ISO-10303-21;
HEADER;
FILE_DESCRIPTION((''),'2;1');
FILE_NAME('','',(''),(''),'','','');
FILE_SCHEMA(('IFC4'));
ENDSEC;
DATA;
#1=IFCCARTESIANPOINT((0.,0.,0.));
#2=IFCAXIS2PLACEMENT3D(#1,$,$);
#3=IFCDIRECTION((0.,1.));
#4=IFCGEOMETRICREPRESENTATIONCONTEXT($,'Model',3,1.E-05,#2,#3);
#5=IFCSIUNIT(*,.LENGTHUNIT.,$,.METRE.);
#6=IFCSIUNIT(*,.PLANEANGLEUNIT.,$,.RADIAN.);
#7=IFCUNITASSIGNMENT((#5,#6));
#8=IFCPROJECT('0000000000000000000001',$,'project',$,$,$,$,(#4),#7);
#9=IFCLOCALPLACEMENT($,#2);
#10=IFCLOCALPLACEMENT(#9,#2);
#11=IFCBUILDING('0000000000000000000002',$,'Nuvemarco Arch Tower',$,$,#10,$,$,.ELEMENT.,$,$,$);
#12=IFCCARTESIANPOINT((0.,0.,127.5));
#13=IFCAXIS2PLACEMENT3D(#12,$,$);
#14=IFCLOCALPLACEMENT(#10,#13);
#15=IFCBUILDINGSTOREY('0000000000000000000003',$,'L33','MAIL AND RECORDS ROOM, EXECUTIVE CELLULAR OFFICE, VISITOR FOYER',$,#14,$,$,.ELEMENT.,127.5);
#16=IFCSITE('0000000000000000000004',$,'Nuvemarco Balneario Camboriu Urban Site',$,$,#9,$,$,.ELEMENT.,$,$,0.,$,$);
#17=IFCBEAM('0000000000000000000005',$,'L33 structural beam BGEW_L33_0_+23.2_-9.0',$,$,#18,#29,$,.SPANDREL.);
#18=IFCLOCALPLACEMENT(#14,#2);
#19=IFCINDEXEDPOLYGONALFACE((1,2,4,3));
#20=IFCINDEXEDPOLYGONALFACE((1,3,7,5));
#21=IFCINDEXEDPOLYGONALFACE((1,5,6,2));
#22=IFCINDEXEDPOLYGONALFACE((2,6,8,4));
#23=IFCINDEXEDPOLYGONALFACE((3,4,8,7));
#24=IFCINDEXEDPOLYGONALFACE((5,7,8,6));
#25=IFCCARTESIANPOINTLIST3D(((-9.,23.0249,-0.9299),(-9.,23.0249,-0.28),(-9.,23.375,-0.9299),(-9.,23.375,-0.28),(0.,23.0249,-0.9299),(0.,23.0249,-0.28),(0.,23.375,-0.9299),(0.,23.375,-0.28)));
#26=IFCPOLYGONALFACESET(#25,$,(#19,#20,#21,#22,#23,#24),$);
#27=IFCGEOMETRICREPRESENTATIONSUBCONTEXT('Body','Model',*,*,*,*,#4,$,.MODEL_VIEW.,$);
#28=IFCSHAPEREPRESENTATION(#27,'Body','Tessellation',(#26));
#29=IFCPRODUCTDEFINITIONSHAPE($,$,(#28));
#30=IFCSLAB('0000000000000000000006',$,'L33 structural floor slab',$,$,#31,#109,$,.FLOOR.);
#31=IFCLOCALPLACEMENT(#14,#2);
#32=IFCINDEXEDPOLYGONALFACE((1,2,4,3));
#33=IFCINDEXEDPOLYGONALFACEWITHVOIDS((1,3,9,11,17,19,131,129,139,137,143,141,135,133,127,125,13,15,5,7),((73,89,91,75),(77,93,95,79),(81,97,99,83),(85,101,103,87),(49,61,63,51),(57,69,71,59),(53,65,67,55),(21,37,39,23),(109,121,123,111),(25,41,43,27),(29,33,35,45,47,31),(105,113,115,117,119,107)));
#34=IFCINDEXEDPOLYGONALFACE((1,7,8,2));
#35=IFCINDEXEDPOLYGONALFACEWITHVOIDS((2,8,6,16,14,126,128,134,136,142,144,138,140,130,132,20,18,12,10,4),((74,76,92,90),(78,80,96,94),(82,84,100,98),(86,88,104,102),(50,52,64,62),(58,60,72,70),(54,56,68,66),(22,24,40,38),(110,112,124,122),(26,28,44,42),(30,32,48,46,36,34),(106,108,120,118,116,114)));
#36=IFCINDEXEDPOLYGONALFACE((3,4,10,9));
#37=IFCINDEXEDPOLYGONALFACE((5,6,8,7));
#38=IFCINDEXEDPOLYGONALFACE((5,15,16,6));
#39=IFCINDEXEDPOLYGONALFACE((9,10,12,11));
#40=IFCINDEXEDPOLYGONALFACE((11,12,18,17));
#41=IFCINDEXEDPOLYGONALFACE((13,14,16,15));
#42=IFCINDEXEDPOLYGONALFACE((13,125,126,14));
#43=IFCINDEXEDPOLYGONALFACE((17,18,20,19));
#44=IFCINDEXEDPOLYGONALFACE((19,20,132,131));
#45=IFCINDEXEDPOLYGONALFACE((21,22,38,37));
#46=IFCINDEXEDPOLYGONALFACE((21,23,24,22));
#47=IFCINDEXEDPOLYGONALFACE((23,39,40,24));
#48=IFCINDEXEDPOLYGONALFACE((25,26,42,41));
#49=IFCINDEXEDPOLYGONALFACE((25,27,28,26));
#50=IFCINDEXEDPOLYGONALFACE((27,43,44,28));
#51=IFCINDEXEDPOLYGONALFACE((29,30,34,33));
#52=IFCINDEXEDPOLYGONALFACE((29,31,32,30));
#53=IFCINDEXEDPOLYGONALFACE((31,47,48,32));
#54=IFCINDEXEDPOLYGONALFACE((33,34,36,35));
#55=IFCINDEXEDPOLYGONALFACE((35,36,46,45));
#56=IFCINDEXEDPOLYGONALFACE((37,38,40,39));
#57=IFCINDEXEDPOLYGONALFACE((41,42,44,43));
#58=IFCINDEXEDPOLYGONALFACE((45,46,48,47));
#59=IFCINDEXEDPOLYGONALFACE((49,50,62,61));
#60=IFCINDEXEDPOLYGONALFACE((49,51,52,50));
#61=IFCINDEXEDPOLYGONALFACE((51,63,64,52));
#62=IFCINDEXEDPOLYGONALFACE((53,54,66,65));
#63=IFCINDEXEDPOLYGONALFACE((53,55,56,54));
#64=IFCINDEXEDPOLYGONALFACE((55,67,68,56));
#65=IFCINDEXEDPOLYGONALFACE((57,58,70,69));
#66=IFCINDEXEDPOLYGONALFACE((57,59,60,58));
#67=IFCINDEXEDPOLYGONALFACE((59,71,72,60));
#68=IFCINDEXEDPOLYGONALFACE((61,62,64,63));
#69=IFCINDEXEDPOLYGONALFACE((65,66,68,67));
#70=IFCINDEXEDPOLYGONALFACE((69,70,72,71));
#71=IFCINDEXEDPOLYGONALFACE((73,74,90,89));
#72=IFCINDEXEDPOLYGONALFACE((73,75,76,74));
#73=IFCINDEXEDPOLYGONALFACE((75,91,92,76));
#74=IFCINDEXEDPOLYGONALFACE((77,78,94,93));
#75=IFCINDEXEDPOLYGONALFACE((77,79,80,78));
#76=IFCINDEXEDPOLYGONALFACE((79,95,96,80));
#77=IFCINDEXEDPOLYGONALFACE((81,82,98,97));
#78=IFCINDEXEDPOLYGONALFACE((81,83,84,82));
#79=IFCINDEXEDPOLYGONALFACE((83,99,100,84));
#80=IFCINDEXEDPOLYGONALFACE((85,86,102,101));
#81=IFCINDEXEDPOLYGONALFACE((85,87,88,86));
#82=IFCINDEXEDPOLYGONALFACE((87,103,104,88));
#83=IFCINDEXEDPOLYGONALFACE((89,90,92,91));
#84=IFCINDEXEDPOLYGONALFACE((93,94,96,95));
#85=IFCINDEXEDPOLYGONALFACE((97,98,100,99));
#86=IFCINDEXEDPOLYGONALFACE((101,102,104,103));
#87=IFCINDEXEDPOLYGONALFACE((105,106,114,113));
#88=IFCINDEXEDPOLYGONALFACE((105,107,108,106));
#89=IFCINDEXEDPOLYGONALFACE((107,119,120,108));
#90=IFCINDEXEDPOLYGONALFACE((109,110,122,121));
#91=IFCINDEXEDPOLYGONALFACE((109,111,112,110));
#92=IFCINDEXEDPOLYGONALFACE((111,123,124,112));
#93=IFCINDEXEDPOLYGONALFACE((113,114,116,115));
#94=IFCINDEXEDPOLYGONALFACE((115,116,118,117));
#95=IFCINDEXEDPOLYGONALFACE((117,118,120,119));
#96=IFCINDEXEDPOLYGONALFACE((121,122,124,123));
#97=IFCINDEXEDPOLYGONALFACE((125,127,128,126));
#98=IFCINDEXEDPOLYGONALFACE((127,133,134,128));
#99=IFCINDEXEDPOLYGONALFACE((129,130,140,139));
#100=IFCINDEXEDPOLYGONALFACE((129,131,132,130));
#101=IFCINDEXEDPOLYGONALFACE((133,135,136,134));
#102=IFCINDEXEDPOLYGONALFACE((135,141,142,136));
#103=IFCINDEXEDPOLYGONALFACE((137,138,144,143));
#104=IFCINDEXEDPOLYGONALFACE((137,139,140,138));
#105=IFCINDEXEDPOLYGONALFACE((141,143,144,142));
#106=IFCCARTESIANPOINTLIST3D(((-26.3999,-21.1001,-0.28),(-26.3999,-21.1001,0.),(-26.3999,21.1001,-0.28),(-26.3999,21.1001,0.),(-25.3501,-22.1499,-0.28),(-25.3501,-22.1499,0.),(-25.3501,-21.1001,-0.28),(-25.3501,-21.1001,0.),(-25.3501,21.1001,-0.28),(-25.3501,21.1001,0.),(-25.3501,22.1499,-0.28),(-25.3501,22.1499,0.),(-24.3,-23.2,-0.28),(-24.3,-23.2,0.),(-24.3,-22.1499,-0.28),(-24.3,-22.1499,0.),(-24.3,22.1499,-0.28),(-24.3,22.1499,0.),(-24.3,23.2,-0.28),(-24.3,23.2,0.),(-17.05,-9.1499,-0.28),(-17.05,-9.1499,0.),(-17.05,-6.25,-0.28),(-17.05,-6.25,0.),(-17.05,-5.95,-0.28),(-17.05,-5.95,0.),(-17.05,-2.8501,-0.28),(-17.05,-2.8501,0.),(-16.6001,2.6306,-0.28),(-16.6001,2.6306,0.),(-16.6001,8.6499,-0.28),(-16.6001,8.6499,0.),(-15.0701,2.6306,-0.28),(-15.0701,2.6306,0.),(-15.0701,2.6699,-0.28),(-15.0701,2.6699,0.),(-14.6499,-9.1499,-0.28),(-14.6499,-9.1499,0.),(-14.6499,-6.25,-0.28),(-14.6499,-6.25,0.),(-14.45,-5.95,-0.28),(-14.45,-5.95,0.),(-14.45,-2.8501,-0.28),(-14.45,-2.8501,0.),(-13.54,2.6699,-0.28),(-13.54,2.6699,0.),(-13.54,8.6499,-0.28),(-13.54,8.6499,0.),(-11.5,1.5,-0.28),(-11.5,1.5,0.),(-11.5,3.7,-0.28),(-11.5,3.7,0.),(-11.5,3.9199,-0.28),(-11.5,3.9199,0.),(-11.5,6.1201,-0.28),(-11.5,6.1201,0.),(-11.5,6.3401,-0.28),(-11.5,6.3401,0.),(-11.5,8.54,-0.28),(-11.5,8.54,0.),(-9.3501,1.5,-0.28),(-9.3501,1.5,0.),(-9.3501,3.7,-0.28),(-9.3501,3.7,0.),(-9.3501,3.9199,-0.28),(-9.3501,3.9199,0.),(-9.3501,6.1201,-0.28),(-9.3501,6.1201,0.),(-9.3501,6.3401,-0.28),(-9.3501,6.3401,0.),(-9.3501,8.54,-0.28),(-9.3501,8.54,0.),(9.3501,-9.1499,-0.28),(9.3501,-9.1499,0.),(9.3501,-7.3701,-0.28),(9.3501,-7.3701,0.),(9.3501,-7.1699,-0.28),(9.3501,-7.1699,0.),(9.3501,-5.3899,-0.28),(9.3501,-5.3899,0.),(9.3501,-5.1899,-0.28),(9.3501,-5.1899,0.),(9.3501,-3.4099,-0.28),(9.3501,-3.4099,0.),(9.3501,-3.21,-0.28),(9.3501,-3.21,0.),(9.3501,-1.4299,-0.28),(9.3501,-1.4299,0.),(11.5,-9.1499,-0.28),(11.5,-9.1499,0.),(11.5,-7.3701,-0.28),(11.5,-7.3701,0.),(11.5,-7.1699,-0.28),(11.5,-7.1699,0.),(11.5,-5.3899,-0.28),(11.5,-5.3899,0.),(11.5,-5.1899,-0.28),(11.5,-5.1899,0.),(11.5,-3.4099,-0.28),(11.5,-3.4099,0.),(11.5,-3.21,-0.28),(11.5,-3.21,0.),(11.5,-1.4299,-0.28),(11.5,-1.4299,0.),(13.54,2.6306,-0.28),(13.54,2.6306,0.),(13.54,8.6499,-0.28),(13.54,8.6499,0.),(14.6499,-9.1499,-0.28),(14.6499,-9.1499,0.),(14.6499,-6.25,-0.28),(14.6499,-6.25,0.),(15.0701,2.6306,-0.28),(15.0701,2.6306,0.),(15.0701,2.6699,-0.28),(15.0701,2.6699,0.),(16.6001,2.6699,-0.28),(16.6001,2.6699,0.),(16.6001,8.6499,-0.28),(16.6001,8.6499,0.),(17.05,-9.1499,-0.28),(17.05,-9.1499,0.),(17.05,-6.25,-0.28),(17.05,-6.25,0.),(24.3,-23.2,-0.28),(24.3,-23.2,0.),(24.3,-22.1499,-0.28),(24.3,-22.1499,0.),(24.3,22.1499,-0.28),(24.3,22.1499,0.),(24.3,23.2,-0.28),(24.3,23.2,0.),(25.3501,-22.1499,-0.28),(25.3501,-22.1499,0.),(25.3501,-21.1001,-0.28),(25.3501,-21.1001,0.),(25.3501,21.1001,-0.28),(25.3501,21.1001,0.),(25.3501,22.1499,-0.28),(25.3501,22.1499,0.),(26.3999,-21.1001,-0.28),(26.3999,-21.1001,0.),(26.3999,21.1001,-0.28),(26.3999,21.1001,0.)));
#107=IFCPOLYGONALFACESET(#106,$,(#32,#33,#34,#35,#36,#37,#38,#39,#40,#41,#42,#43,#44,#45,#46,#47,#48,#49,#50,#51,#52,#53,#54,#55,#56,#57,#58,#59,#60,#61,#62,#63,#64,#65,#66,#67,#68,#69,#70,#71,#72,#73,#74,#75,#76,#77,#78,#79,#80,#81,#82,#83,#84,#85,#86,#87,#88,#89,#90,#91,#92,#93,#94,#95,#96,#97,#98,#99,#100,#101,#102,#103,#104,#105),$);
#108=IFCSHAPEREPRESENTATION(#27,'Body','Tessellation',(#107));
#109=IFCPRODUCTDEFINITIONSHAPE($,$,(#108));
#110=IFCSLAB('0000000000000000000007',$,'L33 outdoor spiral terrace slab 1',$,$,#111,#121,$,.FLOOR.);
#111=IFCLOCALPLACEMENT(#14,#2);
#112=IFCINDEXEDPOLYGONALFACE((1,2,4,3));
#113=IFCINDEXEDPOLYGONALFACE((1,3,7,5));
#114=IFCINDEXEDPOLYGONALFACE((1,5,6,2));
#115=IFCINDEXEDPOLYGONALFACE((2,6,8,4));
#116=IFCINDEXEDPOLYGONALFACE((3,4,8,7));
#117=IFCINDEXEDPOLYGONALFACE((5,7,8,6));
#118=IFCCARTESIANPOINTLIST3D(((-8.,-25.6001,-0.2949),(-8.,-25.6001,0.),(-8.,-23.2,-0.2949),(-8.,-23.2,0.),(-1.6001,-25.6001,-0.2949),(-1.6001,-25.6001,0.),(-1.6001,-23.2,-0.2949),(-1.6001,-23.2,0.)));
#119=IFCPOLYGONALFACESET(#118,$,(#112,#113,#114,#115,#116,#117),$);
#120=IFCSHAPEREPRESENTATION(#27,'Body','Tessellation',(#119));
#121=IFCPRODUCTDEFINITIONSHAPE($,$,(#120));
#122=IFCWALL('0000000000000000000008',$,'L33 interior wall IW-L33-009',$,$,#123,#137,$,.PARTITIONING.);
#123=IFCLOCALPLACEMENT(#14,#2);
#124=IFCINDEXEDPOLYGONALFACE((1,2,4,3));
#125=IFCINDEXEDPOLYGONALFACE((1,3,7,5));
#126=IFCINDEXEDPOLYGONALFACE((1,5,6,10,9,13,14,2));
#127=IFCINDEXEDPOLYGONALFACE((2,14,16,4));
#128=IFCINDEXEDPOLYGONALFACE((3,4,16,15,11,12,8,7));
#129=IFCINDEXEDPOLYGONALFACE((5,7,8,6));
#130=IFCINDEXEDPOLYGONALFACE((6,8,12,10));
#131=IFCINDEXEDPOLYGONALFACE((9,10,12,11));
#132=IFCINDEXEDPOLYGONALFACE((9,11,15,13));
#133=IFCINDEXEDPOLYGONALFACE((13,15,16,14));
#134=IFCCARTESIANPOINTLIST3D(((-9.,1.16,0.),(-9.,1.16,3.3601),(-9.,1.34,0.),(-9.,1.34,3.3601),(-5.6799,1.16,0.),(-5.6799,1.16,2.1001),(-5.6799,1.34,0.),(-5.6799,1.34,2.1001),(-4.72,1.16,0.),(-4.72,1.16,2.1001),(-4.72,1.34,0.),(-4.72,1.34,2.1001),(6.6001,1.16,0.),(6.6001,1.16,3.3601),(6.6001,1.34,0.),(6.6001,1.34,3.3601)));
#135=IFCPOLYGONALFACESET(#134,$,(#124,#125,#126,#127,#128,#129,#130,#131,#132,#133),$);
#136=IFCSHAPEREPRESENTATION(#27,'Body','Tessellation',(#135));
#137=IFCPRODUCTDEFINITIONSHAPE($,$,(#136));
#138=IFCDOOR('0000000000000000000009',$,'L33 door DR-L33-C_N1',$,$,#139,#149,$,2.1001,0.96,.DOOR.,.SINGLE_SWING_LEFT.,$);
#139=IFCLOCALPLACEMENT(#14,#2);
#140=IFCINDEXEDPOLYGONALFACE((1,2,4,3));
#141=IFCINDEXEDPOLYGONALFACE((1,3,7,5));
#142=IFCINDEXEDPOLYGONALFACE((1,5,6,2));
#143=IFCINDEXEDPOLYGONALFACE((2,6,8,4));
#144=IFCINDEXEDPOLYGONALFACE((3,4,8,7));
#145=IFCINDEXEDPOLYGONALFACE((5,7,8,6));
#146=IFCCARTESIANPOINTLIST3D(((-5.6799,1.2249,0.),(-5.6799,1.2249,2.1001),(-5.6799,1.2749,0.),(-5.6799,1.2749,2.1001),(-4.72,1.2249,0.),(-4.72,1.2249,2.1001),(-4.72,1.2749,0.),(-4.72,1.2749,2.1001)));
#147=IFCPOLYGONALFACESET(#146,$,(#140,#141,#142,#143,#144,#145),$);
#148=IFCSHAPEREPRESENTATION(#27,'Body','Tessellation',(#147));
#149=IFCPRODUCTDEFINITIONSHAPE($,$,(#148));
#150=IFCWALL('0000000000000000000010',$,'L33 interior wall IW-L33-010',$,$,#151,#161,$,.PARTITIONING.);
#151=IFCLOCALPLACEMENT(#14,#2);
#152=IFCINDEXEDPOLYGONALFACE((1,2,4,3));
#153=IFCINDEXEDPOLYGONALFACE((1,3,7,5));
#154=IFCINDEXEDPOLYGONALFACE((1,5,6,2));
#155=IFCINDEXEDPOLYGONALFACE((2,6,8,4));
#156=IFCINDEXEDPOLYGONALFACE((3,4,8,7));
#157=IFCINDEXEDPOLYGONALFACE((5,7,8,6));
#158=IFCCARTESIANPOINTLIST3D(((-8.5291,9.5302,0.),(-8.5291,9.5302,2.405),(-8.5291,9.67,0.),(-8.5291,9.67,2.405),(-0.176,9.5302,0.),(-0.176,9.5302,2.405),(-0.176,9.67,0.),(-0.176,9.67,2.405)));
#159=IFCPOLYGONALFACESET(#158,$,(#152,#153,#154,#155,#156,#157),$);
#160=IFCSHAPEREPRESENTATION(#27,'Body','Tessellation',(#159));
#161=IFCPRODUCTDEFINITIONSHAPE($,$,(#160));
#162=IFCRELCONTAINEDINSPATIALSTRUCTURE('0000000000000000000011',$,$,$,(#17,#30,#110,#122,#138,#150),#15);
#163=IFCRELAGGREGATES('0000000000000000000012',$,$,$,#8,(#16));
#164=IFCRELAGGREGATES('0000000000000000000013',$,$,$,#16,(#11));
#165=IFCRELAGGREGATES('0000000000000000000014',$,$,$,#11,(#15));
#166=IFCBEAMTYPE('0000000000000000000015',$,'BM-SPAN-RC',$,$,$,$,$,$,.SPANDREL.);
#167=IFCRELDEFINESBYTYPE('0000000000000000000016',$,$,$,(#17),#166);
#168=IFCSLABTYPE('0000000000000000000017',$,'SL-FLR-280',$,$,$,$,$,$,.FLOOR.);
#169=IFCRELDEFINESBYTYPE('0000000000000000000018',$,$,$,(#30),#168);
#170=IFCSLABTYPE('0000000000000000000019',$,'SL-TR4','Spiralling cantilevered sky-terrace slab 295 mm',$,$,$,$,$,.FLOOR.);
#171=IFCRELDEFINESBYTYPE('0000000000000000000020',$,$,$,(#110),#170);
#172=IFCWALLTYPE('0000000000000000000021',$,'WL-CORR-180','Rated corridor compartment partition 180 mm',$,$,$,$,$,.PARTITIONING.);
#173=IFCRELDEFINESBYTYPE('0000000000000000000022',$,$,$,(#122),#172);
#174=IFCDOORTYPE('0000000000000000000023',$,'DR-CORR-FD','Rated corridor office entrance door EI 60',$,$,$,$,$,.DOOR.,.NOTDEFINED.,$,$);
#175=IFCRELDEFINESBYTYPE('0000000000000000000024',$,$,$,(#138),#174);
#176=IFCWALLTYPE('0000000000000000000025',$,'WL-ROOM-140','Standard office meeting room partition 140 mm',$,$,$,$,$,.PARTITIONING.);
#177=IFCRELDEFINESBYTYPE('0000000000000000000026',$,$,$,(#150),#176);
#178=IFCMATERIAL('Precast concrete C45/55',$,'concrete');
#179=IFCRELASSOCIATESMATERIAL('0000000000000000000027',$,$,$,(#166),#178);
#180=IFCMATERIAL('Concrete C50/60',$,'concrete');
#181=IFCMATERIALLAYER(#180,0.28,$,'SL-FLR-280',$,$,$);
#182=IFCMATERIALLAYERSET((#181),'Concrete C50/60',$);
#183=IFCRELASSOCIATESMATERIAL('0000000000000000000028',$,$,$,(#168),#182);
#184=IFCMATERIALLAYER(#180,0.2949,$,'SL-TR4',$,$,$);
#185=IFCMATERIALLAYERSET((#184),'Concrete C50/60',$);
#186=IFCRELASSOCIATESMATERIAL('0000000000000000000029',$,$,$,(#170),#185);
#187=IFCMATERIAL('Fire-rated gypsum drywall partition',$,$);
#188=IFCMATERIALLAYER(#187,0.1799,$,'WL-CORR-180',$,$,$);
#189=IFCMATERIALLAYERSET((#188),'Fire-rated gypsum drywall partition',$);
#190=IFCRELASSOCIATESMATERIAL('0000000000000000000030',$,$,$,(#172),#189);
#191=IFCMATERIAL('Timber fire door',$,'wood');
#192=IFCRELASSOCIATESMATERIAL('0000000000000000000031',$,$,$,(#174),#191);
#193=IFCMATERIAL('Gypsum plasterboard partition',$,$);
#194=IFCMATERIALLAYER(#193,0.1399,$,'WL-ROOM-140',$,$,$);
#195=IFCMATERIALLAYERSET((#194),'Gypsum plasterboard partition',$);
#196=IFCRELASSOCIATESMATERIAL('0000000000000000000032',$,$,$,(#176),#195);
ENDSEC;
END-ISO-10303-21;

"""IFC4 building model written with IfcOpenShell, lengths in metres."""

from ifc_helpers import new_model, si_unit, direction, frame, frame_2d, origin, origin_2d, place, context, subcontext, project, spatial, polyline, rectangle, outline, extrude, source, transform, mapped, material, layer, layer_set, material_profile, profile_set, type_object, type_shapes, element, fill, save


model = new_model("IFC4")

# Units and contexts
model_context = context("Model", 3, precision=1e-05, world=origin(), true_north=direction((0.0, 1.0)))
body_context = subcontext(model_context, "Body", "Model", "MODEL_VIEW")
ifc_project = project(units=[si_unit("LENGTHUNIT", "METRE"), si_unit("PLANEANGLEUNIT", "RADIAN")], contexts=[model_context])

# Site, building, storey
site_placement = place(None, origin())
site = spatial("IfcSite", under=ifc_project, at=site_placement, Name="Nuvemarco Balneario Camboriu Urban Site", CompositionType="ELEMENT", RefElevation=0.0)
building_placement = place(site_placement, origin())
building = spatial("IfcBuilding", under=site, at=building_placement, Name="Nuvemarco Arch Tower", CompositionType="ELEMENT")
storey_placement = place(building_placement, frame((0.0, 0.0, 127.5)))
storey = spatial("IfcBuildingStorey", under=building, at=storey_placement, Name="L33", Description="MAIL AND RECORDS ROOM, EXECUTIVE CELLULAR OFFICE, VISITOR FOYER", CompositionType="ELEMENT", Elevation=127.5)

# Shared definitions
ifc_material_1 = material(Name="Concrete C50/60", Category="concrete")

# Beam
ifc_material_2 = material(Name="Precast concrete C45/55", Category="concrete")
ifc_material_profile_1 = material_profile(ifc_material_2, rectangle(XDim=0.3501, YDim=0.6499, at=origin_2d()), Name="PC-SP-350x650")
ifc_profile_set_1 = profile_set([ifc_material_profile_1], Name="Precast concrete C45/55")
beam_type_1 = type_object("IfcBeamType", Name="BM-SPAN-RC", PredefinedType="SPANDREL", material=ifc_profile_set_1)
beam_1_placement = place(storey_placement, frame((-9.0, 23.2, -0.605), z_axis=(1.0, 0.0, 0.0), x_axis=(0.0, 1.0, 0.0)))
element("IfcBeam", 1, at=beam_1_placement, inside=storey, type_object=beam_type_1, Name="L33 structural beam BGEW_L33_0_+23.2_-9.0", PredefinedType="SPANDREL", context=body_context, shape_type="SweptSolid", body=[
    extrude(rectangle(XDim=0.3501, YDim=0.6499, at=origin_2d()), origin(), (0.0, 0.0, 1.0), 9.0),
])

# Slabs
ifc_layer_1 = layer(ifc_material_1, 0.28, Name="SL-FLR-280")
ifc_layer_set_1 = layer_set([ifc_layer_1], Name="Concrete C50/60")
slab_type_1 = type_object("IfcSlabType", Name="SL-FLR-280", PredefinedType="FLOOR", material=ifc_layer_set_1)
slab_1_placement = place(storey_placement, frame((0.0, 0.0, -0.28)))
element("IfcSlab", 2, at=slab_1_placement, inside=storey, type_object=slab_type_1, Name="L33 structural floor slab", PredefinedType="FLOOR", context=body_context, shape_type="SweptSolid", body=[
    extrude(outline(polyline([(-24.3, -23.2), (24.3, -23.2), (24.3, -22.1499), (25.3501, -22.1499), (25.3501, -21.1001), (26.3999, -21.1001), (26.3999, 21.1001), (25.3501, 21.1001), (25.3501, 22.1499), (24.3, 22.1499), (24.3, 23.2), (-24.3, 23.2), (-24.3, 22.1499), (-25.3501, 22.1499), (-25.3501, 21.1001), (-26.3999, 21.1001), (-26.3999, -21.1001), (-25.3501, -21.1001), (-25.3501, -22.1499), (-24.3, -22.1499), (-24.3, -23.2)]), holes=[polyline([(-13.54, 2.6699), (-13.54, 8.6499), (-16.6001, 8.6499), (-16.6001, 2.6306), (-15.0701, 2.6306), (-15.0701, 2.6699), (-13.54, 2.6699)]), polyline([(16.6001, 2.6699), (16.6001, 8.6499), (13.54, 8.6499), (13.54, 2.6306), (15.0701, 2.6306), (15.0701, 2.6699), (16.6001, 2.6699)]), polyline([(-17.05, -9.1499), (-14.6499, -9.1499), (-14.6499, -6.25), (-17.05, -6.25), (-17.05, -9.1499)]), polyline([(-17.05, -5.95), (-14.45, -5.95), (-14.45, -2.8501), (-17.05, -2.8501), (-17.05, -5.95)]), polyline([(-11.5, 1.5), (-9.3501, 1.5), (-9.3501, 3.7), (-11.5, 3.7), (-11.5, 1.5)]), polyline([(-11.5, 3.9199), (-9.3501, 3.9199), (-9.3501, 6.1201), (-11.5, 6.1201), (-11.5, 3.9199)]), polyline([(-11.5, 6.3401), (-9.3501, 6.3401), (-9.3501, 8.54), (-11.5, 8.54), (-11.5, 6.3401)]), polyline([(14.6499, -9.1499), (17.05, -9.1499), (17.05, -6.25), (14.6499, -6.25), (14.6499, -9.1499)]), polyline([(9.3501, -9.1499), (11.5, -9.1499), (11.5, -7.3701), (9.3501, -7.3701), (9.3501, -9.1499)]), polyline([(9.3501, -7.1699), (11.5, -7.1699), (11.5, -5.3899), (9.3501, -5.3899), (9.3501, -7.1699)]), polyline([(9.3501, -5.1899), (11.5, -5.1899), (11.5, -3.4099), (9.3501, -3.4099), (9.3501, -5.1899)]), polyline([(9.3501, -3.21), (11.5, -3.21), (11.5, -1.4299), (9.3501, -1.4299), (9.3501, -3.21)])]), origin(), (0.0, 0.0, 1.0), 0.28),
])
ifc_layer_2 = layer(ifc_material_1, 0.2949, Name="SL-TR4")
ifc_layer_set_2 = layer_set([ifc_layer_2], Name="Concrete C50/60")
slab_type_2 = type_object("IfcSlabType", Name="SL-TR4", Description="Spiralling cantilevered sky-terrace slab 295 mm", PredefinedType="FLOOR", material=ifc_layer_set_2)
slab_2_placement = place(storey_placement, frame((0.0, 0.0, -0.2949)))
element("IfcSlab", 3, at=slab_2_placement, inside=storey, type_object=slab_type_2, Name="L33 outdoor spiral terrace slab 1", PredefinedType="FLOOR", context=body_context, shape_type="SweptSolid", body=[
    extrude(outline(polyline([(-8.0, -25.6001), (-1.6001, -25.6001), (-1.6001, -23.2), (-8.0, -23.2), (-8.0, -25.6001)])), origin(), (0.0, 0.0, 1.0), 0.2949),
])

# Wall, opening, door
ifc_material_3 = material(Name="Fire-rated gypsum drywall partition")
ifc_layer_3 = layer(ifc_material_3, 0.1799, Name="WL-CORR-180")
ifc_layer_set_3 = layer_set([ifc_layer_3], Name="Fire-rated gypsum drywall partition")
wall_type_1 = type_object("IfcWallType", Name="WL-CORR-180", Description="Rated corridor compartment partition 180 mm", PredefinedType="PARTITIONING", material=ifc_layer_set_3)
wall_1_placement = place(storey_placement, frame((-9.0, 1.25, 0.0), z_axis=(0.0, 0.0, 1.0), x_axis=(1.0, 0.0, 0.0)))
wall_1 = element("IfcWall", 4, at=wall_1_placement, inside=storey, type_object=wall_type_1, Name="L33 interior wall IW-L33-009", PredefinedType="PARTITIONING", context=body_context, shape_type="SweptSolid", body=[
    extrude(rectangle(XDim=15.6001, YDim=0.1799, at=frame_2d((7.8, 0.0))), origin(), (0.0, 0.0, 1.0), 3.3601),
])
opening_1_placement = place(wall_1_placement, frame((3.3201, 0.0, 0.0)))
opening_1 = element("IfcOpeningElement", 5, at=opening_1_placement, cuts=wall_1, PredefinedType="OPENING", context=body_context, shape_type="SweptSolid", body=[
    extrude(rectangle(XDim=0.96, YDim=2.1001, at=frame_2d((0.48, 1.05))), frame((0.0, 0.0999, 0.0), z_axis=(0.0, -1.0, 0.0), x_axis=(1.0, 0.0, 0.0)), (0.0, 0.0, 1.0), 0.2),
])
ifc_material_4 = material(Name="Timber fire door", Category="wood")
door_type_1 = type_object("IfcDoorType", Name="DR-CORR-FD", Description="Rated corridor office entrance door EI 60", OperationType="NOTDEFINED", PredefinedType="DOOR", material=ifc_material_4)
shared_shape_1 = source(origin(), body_context, "Body", "SweptSolid", [
    extrude(rectangle(XDim=0.96, YDim=2.1001, at=frame_2d((0.48, 1.05))), frame((0.0, 0.0249, 0.0), z_axis=(0.0, -1.0, 0.0), x_axis=(1.0, 0.0, 0.0)), (0.0, 0.0, 1.0), 0.05),
])
type_shapes(door_type_1, [shared_shape_1])
door_1_placement = place(opening_1_placement, origin())
door_1 = element("IfcDoor", 6, at=door_1_placement, inside=storey, type_object=door_type_1, Name="L33 door DR-L33-C_N1", OperationType="SINGLE_SWING_LEFT", OverallHeight=2.1001, OverallWidth=0.96, PredefinedType="DOOR", context=body_context, shape_type="MappedRepresentation", body=[
    mapped(shared_shape_1, transform((0.0, 0.0, 0.0), scale=1.0)),
])
fill(opening_1, door_1)

# Wall
ifc_material_5 = material(Name="Gypsum plasterboard partition")
ifc_layer_4 = layer(ifc_material_5, 0.1399, Name="WL-ROOM-140")
ifc_layer_set_4 = layer_set([ifc_layer_4], Name="Gypsum plasterboard partition")
wall_type_2 = type_object("IfcWallType", Name="WL-ROOM-140", Description="Standard office meeting room partition 140 mm", PredefinedType="PARTITIONING", material=ifc_layer_set_4)
wall_2_placement = place(storey_placement, frame((-8.5291, 9.6001, 0.0), z_axis=(0.0, 0.0, 1.0), x_axis=(1.0, 0.0, 0.0)))
element("IfcWall", 7, at=wall_2_placement, inside=storey, type_object=wall_type_2, Name="L33 interior wall IW-L33-010", PredefinedType="PARTITIONING", context=body_context, shape_type="SweptSolid", body=[
    extrude(rectangle(XDim=8.353, YDim=0.1399, at=frame_2d((4.1765, 0.0))), origin(), (0.0, 0.0, 1.0), 2.405),
])

save(model, "model.ifc")
